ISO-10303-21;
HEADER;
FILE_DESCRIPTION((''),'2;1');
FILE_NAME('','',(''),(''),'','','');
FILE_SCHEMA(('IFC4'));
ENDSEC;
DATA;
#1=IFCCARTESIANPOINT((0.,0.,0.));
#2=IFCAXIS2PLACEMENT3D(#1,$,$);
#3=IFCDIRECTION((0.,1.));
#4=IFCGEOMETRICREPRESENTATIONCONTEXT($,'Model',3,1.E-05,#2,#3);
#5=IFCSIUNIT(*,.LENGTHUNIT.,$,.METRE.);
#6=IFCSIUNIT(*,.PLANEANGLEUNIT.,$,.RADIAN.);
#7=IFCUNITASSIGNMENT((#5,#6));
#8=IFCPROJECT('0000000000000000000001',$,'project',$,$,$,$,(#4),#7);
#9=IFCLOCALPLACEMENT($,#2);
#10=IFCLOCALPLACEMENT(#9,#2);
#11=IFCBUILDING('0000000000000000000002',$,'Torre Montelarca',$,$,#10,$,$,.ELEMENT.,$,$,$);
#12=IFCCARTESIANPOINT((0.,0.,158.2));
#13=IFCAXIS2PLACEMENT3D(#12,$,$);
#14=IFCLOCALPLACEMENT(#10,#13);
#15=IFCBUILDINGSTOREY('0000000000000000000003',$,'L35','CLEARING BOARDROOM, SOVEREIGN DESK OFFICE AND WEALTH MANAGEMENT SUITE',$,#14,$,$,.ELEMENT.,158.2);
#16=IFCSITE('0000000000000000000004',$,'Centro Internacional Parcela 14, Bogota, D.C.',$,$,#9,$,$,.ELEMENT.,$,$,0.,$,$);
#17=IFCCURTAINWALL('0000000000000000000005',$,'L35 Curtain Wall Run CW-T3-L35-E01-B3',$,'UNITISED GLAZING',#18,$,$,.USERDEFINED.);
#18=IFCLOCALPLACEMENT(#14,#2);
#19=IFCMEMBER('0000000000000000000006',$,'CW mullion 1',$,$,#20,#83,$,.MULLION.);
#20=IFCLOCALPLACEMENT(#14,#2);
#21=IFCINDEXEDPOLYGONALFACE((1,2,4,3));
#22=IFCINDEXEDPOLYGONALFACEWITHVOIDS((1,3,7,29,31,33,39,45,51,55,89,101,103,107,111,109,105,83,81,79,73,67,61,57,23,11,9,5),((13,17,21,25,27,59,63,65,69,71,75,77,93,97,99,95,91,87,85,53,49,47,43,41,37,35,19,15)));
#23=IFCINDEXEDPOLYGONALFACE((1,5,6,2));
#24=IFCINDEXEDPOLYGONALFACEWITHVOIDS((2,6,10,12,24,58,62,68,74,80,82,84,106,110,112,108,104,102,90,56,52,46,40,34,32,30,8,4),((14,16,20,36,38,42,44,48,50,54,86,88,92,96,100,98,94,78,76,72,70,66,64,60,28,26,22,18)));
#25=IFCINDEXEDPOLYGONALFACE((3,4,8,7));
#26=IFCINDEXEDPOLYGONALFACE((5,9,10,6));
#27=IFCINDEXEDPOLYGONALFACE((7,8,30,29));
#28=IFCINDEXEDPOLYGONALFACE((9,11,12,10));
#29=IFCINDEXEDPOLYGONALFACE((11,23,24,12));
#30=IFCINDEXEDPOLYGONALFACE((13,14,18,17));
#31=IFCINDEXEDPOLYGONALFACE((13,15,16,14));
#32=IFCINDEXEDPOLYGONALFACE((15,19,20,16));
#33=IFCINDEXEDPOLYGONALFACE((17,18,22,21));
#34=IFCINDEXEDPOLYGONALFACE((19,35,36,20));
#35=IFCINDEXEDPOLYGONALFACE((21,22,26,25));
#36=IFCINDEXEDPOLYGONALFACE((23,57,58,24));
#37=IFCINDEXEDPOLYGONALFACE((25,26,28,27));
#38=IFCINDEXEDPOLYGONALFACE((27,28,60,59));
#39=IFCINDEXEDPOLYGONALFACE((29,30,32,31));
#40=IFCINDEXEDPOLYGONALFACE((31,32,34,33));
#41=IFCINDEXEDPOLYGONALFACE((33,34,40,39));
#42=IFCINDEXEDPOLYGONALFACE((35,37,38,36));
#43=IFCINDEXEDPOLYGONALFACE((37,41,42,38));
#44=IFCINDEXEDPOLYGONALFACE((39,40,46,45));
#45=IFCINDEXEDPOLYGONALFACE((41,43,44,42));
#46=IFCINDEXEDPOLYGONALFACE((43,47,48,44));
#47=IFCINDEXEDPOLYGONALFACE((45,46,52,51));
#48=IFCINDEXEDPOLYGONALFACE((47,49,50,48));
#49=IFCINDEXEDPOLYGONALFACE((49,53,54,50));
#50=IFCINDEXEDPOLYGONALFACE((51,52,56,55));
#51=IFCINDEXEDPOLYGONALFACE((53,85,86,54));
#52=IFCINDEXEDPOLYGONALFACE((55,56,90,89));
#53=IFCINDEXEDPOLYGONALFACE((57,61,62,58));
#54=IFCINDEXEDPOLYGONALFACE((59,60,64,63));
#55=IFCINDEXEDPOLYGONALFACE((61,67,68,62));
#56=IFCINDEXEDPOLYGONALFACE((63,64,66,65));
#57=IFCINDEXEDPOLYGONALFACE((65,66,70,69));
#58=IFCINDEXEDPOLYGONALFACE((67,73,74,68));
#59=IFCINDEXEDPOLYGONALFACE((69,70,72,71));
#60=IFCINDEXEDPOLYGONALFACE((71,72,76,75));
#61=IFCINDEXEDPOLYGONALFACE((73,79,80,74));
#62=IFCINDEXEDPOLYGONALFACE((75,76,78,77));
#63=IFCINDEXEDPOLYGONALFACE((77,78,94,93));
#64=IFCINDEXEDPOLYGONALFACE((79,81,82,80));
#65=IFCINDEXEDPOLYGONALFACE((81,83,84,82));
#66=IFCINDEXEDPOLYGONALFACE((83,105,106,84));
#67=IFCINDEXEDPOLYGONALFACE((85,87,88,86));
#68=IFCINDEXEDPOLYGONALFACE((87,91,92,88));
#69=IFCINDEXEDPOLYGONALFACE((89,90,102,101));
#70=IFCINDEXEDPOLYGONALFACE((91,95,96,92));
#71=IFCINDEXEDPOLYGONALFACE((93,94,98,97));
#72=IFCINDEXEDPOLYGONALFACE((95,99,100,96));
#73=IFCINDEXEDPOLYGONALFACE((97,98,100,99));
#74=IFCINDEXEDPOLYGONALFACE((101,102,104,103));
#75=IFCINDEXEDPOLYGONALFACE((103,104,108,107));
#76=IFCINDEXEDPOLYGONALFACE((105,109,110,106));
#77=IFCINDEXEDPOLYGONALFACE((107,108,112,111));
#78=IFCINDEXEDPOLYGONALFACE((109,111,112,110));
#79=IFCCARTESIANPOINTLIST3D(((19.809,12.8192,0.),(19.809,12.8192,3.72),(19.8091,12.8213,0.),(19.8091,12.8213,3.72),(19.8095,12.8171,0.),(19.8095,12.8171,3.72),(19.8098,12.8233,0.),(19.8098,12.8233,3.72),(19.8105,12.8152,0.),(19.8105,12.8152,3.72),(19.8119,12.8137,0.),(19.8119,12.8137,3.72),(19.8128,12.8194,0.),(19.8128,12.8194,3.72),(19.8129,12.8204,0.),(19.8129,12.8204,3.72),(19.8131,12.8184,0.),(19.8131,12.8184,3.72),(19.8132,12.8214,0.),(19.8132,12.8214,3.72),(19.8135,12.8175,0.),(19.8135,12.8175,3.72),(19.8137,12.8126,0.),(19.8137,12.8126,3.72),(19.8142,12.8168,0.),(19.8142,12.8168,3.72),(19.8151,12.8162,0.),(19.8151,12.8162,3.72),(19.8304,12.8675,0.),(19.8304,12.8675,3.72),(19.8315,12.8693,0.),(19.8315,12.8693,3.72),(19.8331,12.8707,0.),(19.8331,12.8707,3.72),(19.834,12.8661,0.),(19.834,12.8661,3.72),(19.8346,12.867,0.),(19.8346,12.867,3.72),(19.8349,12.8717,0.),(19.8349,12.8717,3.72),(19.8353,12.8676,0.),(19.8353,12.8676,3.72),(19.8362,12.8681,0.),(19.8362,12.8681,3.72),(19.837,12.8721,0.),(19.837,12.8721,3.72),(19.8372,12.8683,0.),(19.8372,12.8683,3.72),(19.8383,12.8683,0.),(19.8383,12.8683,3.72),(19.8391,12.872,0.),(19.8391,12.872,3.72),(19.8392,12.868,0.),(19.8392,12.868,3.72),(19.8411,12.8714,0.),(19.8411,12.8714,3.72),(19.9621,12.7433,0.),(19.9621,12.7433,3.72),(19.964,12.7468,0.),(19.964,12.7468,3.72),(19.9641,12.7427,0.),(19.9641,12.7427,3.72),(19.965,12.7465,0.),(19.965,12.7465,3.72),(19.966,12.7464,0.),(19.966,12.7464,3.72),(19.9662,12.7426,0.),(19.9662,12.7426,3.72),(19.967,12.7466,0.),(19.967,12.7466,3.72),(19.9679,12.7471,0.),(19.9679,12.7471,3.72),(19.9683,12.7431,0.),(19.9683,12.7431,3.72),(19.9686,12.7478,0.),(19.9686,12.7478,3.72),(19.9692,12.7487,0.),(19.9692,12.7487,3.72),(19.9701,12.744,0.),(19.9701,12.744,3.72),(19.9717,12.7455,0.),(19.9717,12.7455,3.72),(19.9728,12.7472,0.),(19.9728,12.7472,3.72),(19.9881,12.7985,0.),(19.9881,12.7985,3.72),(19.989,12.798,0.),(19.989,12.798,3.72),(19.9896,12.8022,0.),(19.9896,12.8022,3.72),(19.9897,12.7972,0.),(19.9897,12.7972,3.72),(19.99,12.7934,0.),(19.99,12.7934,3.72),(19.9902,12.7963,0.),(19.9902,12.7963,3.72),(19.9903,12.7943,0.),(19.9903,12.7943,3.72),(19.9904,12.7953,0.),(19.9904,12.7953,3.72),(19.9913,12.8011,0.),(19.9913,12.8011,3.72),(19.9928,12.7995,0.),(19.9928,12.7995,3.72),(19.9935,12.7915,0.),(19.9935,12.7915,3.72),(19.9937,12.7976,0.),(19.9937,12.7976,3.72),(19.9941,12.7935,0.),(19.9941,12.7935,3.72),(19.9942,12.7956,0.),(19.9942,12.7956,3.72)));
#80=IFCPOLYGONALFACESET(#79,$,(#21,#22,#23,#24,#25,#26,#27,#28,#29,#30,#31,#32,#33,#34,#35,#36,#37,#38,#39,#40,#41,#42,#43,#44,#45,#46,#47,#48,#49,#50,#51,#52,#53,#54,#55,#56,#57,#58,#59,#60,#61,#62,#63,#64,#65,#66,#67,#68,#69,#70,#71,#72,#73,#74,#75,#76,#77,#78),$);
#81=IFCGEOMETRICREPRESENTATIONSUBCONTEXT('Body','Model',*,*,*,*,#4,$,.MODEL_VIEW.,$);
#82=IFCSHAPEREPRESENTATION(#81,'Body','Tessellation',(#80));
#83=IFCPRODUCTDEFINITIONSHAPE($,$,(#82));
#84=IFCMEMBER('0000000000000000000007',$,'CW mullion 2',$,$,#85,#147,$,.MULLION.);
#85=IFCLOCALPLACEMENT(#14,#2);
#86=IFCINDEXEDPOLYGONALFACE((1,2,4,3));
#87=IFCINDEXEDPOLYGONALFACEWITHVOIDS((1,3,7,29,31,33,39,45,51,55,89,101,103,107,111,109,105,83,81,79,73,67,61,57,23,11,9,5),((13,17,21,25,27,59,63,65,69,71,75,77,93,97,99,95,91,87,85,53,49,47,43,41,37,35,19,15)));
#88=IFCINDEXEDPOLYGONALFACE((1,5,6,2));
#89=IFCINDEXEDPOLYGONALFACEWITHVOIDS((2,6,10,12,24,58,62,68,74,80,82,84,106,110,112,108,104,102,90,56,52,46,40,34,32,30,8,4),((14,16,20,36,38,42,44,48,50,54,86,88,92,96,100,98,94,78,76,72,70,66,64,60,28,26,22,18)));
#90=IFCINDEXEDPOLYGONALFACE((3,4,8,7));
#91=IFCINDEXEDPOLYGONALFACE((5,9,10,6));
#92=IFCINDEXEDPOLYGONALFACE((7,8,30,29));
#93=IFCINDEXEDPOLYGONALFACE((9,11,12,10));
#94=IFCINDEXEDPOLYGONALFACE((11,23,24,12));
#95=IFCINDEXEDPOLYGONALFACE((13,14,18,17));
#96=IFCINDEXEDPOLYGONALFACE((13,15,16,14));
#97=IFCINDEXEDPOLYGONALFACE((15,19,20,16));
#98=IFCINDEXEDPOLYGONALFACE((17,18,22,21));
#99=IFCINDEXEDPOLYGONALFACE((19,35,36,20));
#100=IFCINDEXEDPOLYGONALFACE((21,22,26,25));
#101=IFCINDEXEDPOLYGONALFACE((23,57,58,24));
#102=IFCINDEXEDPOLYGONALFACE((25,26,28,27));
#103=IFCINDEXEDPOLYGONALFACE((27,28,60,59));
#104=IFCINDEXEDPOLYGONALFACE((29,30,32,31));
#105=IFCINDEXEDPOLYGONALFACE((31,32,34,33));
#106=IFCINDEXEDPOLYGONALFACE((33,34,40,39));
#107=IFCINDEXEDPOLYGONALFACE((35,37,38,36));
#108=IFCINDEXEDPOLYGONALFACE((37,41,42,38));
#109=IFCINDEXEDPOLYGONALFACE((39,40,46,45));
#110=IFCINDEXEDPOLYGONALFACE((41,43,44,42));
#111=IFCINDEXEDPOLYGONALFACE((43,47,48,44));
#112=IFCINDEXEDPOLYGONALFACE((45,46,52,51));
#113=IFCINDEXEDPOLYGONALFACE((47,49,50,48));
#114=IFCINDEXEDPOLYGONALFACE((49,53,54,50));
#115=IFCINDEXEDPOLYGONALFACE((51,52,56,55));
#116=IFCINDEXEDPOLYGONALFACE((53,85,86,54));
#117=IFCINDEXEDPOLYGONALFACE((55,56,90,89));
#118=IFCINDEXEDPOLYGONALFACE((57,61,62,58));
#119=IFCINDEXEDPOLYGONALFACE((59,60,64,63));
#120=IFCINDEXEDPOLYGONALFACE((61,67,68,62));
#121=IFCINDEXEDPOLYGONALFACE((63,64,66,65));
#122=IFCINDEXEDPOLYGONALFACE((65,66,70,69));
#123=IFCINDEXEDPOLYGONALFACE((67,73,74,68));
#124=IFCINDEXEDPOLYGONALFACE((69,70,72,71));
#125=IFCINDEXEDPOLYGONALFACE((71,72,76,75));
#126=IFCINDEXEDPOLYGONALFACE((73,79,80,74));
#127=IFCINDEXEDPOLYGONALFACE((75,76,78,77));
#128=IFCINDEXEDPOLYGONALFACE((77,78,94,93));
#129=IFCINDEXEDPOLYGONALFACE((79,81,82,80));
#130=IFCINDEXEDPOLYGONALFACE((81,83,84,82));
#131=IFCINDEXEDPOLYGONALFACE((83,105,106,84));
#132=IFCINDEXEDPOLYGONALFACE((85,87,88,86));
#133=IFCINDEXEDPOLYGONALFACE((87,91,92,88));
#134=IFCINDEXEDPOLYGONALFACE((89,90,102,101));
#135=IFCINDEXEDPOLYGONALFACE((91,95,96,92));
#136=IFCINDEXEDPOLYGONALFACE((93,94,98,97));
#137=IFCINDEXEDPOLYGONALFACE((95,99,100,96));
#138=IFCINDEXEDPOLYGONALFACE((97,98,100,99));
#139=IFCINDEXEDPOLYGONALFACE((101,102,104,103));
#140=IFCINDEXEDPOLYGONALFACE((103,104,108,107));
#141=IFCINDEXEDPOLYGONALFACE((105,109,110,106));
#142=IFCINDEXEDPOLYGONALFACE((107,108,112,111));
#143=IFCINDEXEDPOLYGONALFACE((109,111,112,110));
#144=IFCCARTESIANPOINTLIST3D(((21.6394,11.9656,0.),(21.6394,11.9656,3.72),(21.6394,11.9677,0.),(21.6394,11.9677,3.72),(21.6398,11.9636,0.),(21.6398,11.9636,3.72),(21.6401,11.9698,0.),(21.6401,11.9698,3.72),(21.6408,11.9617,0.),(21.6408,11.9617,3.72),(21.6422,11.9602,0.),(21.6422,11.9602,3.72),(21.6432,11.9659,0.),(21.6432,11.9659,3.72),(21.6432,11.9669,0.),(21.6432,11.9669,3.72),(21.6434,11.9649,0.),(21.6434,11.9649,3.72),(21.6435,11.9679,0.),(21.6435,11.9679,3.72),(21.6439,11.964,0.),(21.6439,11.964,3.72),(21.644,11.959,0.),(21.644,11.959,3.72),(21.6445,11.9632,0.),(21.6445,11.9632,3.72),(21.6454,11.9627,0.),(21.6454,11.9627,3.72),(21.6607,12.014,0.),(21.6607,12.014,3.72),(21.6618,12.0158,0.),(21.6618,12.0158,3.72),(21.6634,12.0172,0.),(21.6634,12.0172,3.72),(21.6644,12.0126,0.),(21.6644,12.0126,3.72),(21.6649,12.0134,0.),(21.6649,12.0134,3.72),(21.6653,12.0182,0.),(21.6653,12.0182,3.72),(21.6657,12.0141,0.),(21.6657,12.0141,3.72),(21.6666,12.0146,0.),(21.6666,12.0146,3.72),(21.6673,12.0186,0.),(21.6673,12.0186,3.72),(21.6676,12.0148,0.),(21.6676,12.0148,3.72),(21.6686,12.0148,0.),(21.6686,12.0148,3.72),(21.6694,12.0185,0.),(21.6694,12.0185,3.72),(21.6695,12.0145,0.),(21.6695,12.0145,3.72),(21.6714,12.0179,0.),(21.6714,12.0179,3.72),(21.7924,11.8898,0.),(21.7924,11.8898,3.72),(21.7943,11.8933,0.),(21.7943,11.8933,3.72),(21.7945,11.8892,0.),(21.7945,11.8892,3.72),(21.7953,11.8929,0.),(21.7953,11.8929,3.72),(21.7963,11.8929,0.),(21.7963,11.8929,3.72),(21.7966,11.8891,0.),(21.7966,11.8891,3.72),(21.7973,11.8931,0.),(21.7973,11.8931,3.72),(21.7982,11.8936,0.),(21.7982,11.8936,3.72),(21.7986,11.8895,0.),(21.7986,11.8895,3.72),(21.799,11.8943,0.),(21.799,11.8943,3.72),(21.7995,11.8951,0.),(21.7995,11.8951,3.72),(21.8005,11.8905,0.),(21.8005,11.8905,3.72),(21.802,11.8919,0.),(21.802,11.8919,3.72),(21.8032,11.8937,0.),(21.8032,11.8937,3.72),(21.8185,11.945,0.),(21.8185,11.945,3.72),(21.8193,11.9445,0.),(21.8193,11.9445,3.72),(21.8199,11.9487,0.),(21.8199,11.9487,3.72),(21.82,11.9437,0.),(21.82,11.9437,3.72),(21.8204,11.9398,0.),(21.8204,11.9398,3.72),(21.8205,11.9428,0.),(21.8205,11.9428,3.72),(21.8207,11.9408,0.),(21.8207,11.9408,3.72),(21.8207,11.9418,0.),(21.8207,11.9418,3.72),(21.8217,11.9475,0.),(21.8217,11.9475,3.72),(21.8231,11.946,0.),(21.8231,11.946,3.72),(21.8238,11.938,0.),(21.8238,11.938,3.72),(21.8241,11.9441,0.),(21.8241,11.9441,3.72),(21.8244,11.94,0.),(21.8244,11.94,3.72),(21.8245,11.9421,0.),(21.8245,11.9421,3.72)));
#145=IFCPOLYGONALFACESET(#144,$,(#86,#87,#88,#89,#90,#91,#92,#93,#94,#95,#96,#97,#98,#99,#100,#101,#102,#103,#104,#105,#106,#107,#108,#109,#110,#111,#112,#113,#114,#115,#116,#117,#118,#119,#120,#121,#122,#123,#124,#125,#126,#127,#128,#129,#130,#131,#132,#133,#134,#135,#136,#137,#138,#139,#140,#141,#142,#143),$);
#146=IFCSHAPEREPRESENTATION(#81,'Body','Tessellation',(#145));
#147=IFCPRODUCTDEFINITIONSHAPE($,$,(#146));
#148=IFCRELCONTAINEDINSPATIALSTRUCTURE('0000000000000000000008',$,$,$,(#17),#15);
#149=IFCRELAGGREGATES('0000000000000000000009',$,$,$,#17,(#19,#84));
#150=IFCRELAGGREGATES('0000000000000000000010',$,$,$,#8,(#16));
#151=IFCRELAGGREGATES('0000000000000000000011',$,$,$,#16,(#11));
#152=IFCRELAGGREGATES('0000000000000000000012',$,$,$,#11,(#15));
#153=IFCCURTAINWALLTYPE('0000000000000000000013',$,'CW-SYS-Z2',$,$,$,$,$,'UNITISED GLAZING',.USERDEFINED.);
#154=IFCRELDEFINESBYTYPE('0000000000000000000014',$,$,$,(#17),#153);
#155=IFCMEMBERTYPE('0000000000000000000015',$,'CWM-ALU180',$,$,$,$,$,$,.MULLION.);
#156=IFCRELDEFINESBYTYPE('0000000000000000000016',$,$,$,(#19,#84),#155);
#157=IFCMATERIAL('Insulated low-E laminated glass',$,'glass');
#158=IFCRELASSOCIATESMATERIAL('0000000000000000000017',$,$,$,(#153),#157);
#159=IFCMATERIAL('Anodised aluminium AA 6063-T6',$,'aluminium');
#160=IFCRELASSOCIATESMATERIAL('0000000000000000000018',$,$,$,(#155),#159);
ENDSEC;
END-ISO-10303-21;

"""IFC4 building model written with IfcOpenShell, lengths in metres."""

from ifc_helpers import new_model, si_unit, direction, frame, origin, origin_2d, place, context, subcontext, project, spatial, hollow_rectangle, extrude, source, transform, mapped, material, material_profile, profile_set, type_object, element, aggregate, save


model = new_model("IFC4")

# Units and contexts
model_context = context("Model", 3, precision=1e-05, world=origin(), true_north=direction((0.0, 1.0)))
body_context = subcontext(model_context, "Body", "Model", "MODEL_VIEW")
ifc_project = project(units=[si_unit("LENGTHUNIT", "METRE"), si_unit("PLANEANGLEUNIT", "RADIAN")], contexts=[model_context])

# Site, building, storey
site_placement = place(None, origin())
site = spatial("IfcSite", under=ifc_project, at=site_placement, Name="Centro Internacional Parcela 14, Bogota, D.C.", CompositionType="ELEMENT", RefElevation=0.0)
building_placement = place(site_placement, origin())
building = spatial("IfcBuilding", under=site, at=building_placement, Name="Torre Montelarca", CompositionType="ELEMENT")
storey_placement = place(building_placement, frame((0.0, 0.0, 158.2)))
storey = spatial("IfcBuildingStorey", under=building, at=storey_placement, Name="L35", Description="CLEARING BOARDROOM, SOVEREIGN DESK OFFICE AND WEALTH MANAGEMENT SUITE", CompositionType="ELEMENT", Elevation=158.2)

# Shared definitions
ifc_material_1 = material(Name="Insulated low-E laminated glass", Category="glass")
curtain_wall_type = type_object("IfcCurtainWallType", Name="CW-SYS-Z2", ElementType="UNITISED GLAZING", PredefinedType="USERDEFINED", material=ifc_material_1)
ifc_material_2 = material(Name="Anodised aluminium AA 6063-T6", Category="aluminium")
ifc_material_profile_1 = material_profile(ifc_material_2, hollow_rectangle(XDim=0.0649, YDim=0.1799, WallThickness=0.0039, InnerFilletRadius=0.0039, OuterFilletRadius=0.0081, at=origin_2d()), Name="ALU65X180X4", Category="aluminium")
ifc_profile_set_1 = profile_set([ifc_material_profile_1], Name="Anodised aluminium AA 6063-T6")
member_type_1 = type_object("IfcMemberType", Name="CWM-ALU180", PredefinedType="MULLION", material=ifc_profile_set_1)
shared_shape_1 = source(origin(), body_context, "Body", "SweptSolid", [
    extrude(hollow_rectangle(XDim=0.0649, YDim=0.1799, WallThickness=0.0039, InnerFilletRadius=0.0039, OuterFilletRadius=0.0081, at=origin_2d()), origin(), (0.0, 0.0, 1.0), 3.72),
])

# Curtain wall, members
curtain_wall_1_placement = place(storey_placement, origin())
curtain_wall_1 = element("IfcCurtainWall", 1, at=curtain_wall_1_placement, inside=storey, type_object=curtain_wall_type, Name="L35 Curtain Wall Run CW-T3-L35-E01-B3", ObjectType="UNITISED GLAZING", PredefinedType="USERDEFINED")
member_1_placement = place(storey_placement, frame((19.9016, 12.8074, 0.0), z_axis=(0.0, 0.0, 1.0), x_axis=(0.422612, 0.906311, 0.0)))
member_1 = element("IfcMember", 2, at=member_1_placement, type_object=member_type_1, Name="CW mullion 1", PredefinedType="MULLION", context=body_context, shape_type="MappedRepresentation", body=[
    mapped(shared_shape_1, transform((0.0, 0.0, 0.0), scale=1.0)),
])
member_2_placement = place(storey_placement, frame((21.7319, 11.9539, 0.0), z_axis=(0.0, 0.0, 1.0), x_axis=(0.422612, 0.906311, 0.0)))
member_2 = element("IfcMember", 3, at=member_2_placement, type_object=member_type_1, Name="CW mullion 2", PredefinedType="MULLION", context=body_context, shape_type="MappedRepresentation", body=[
    mapped(shared_shape_1, transform((0.0, 0.0, 0.0), scale=1.0)),
])

aggregate(curtain_wall_1, [member_1, member_2])

save(model, "model.ifc")
